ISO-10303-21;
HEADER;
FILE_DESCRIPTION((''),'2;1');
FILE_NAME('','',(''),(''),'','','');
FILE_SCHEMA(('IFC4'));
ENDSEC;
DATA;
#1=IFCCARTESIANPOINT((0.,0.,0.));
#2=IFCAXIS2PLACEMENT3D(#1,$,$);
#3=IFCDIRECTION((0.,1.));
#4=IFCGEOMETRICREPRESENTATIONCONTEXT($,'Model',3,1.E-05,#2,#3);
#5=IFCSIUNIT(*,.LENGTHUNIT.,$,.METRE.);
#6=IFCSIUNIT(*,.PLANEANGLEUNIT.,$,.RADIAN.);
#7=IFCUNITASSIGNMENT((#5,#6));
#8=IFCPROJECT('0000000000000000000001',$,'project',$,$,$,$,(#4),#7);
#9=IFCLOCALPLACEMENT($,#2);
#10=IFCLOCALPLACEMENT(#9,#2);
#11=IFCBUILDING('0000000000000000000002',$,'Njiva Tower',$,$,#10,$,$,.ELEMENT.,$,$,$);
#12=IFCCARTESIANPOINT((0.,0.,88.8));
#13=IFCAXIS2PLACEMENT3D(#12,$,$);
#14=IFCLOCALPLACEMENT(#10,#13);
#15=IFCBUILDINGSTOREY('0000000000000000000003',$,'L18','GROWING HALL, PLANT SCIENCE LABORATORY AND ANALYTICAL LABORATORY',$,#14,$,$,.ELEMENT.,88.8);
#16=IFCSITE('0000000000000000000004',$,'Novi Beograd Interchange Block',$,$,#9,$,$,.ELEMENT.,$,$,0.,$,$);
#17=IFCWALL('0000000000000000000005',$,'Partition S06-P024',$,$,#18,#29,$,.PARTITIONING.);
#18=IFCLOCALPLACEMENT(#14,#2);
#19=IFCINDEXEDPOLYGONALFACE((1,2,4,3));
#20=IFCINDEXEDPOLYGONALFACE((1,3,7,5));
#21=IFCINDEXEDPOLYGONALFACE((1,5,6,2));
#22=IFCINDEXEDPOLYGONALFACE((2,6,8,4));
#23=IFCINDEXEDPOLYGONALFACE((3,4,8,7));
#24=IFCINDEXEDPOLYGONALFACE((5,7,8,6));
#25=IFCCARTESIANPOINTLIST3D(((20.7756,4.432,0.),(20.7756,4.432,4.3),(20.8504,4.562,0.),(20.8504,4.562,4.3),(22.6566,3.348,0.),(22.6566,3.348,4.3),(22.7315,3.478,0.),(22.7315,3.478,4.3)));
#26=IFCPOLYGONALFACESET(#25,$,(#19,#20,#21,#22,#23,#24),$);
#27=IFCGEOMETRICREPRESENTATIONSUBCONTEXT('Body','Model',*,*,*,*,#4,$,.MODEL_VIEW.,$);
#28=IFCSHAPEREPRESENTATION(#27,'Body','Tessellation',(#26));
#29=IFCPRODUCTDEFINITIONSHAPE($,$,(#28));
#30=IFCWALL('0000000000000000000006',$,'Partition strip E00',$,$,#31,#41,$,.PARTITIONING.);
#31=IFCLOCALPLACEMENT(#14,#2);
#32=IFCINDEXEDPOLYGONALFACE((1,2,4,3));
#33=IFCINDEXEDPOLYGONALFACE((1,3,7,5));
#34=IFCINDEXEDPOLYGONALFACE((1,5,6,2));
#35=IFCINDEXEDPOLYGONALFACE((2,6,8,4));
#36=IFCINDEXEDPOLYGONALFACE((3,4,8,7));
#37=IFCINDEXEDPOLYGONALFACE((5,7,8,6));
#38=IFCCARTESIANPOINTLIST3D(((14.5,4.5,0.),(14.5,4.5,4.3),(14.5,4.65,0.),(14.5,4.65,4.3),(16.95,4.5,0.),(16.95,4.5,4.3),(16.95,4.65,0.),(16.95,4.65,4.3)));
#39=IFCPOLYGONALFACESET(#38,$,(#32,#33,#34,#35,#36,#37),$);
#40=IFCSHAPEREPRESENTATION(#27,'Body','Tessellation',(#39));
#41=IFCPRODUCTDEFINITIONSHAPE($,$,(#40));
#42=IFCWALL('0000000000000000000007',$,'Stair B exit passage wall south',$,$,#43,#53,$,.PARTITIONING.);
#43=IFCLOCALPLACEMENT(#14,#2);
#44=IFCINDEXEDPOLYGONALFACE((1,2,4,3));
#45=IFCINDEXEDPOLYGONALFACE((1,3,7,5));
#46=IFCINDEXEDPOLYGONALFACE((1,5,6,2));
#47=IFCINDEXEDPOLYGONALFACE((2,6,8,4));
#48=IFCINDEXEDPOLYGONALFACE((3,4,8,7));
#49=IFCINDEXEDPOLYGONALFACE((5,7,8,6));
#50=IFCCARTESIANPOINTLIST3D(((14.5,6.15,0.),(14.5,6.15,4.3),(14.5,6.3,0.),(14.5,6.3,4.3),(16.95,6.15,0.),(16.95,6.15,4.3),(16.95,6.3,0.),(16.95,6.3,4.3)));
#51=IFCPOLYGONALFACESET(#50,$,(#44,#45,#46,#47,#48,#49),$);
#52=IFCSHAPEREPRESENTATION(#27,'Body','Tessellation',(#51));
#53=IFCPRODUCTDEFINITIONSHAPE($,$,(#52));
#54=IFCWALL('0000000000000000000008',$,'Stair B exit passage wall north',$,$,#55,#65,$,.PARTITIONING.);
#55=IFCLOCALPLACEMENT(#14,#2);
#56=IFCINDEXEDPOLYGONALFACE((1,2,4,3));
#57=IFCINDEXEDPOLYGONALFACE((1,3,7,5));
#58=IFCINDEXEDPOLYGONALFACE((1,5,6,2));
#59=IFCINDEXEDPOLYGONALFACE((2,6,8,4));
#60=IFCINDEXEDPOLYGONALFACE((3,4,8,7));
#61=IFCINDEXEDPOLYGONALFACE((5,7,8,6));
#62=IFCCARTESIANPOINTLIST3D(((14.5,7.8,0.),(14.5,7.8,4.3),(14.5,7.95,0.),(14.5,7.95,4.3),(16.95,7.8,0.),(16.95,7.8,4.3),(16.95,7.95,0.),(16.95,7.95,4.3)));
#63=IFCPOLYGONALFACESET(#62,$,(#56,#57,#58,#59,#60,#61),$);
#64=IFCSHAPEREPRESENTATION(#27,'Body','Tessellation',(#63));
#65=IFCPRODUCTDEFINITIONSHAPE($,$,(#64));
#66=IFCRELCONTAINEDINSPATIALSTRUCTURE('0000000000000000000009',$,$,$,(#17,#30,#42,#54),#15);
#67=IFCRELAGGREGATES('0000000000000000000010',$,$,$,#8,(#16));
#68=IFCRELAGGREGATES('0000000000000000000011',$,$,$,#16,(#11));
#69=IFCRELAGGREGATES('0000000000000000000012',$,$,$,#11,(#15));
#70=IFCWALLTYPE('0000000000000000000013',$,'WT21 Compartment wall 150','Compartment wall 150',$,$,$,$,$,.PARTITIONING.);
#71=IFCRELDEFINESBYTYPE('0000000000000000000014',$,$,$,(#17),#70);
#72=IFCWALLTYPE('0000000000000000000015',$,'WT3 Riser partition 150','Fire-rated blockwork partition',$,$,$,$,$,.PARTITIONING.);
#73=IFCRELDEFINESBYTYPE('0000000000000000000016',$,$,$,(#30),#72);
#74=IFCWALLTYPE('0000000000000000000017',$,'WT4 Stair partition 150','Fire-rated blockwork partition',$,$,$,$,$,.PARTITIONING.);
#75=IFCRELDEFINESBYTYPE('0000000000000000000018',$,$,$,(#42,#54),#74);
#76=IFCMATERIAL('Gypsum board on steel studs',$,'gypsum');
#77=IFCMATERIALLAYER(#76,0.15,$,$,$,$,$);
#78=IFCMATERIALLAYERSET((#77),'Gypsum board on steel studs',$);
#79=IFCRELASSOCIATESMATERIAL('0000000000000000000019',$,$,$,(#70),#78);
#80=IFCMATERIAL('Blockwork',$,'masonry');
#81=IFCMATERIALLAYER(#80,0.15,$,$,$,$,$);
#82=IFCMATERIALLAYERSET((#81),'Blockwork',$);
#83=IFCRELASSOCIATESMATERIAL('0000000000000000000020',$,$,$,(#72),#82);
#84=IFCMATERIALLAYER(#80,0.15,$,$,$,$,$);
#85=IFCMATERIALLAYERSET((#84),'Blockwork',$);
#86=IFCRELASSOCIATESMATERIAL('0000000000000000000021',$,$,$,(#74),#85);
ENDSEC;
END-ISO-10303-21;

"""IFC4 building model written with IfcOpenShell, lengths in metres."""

from ifc_helpers import new_model, si_unit, direction, frame, frame_2d, origin, place, context, subcontext, project, spatial, rectangle, extrude, material, layer, layer_set, type_object, element, save


model = new_model("IFC4")

# Units and contexts
model_context = context("Model", 3, precision=1e-05, world=origin(), true_north=direction((0.0, 1.0)))
body_context = subcontext(model_context, "Body", "Model", "MODEL_VIEW")
ifc_project = project(units=[si_unit("LENGTHUNIT", "METRE"), si_unit("PLANEANGLEUNIT", "RADIAN")], contexts=[model_context])

# Site, building, storey
site_placement = place(None, origin())
site = spatial("IfcSite", under=ifc_project, at=site_placement, Name="Novi Beograd Interchange Block", CompositionType="ELEMENT", RefElevation=0.0)
building_placement = place(site_placement, origin())
building = spatial("IfcBuilding", under=site, at=building_placement, Name="Njiva Tower", CompositionType="ELEMENT")
storey_placement = place(building_placement, frame((0.0, 0.0, 88.8)))
storey = spatial("IfcBuildingStorey", under=building, at=storey_placement, Name="L18", Description="GROWING HALL, PLANT SCIENCE LABORATORY AND ANALYTICAL LABORATORY", CompositionType="ELEMENT", Elevation=88.8)

# Shared definitions
ifc_material_1 = material(Name="Blockwork", Category="masonry")

# Walls
ifc_material_2 = material(Name="Gypsum board on steel studs", Category="gypsum")
ifc_layer_1 = layer(ifc_material_2, 0.15)
ifc_layer_set_1 = layer_set([ifc_layer_1], Name="Gypsum board on steel studs")
wall_type_1 = type_object("IfcWallType", Name="WT21 Compartment wall 150", Description="Compartment wall 150", PredefinedType="PARTITIONING", material=ifc_layer_set_1)
wall_1_placement = place(storey_placement, frame((20.813, 4.497, 0.0), z_axis=(0.0, 0.0, 1.0), x_axis=(0.866423, -0.49931, 0.0)))
element("IfcWall", 1, at=wall_1_placement, inside=storey, type_object=wall_type_1, Name="Partition S06-P024", PredefinedType="PARTITIONING", context=body_context, shape_type="SweptSolid", body=[
    extrude(rectangle(XDim=2.171, YDim=0.15, at=frame_2d((1.0855, 0.0))), origin(), (0.0, 0.0, 1.0), 4.3),
])
ifc_layer_2 = layer(ifc_material_1, 0.15)
ifc_layer_set_2 = layer_set([ifc_layer_2], Name="Blockwork")
wall_type_2 = type_object("IfcWallType", Name="WT3 Riser partition 150", Description="Fire-rated blockwork partition", PredefinedType="PARTITIONING", material=ifc_layer_set_2)
wall_2_placement = place(storey_placement, frame((14.5, 4.575, 0.0), z_axis=(0.0, 0.0, 1.0), x_axis=(1.0, 0.0, 0.0)))
element("IfcWall", 2, at=wall_2_placement, inside=storey, type_object=wall_type_2, Name="Partition strip E00", PredefinedType="PARTITIONING", context=body_context, shape_type="SweptSolid", body=[
    extrude(rectangle(XDim=2.45, YDim=0.15, at=frame_2d((1.225, 0.0))), origin(), (0.0, 0.0, 1.0), 4.3),
])
ifc_layer_3 = layer(ifc_material_1, 0.15)
ifc_layer_set_3 = layer_set([ifc_layer_3], Name="Blockwork")
wall_type_3 = type_object("IfcWallType", Name="WT4 Stair partition 150", Description="Fire-rated blockwork partition", PredefinedType="PARTITIONING", material=ifc_layer_set_3)
for number, where, z_axis, x_axis, name in (
    (3, (14.5, 6.225, 0.0), (0.0, 0.0, 1.0), (1.0, 0.0, 0.0), "Stair B exit passage wall south"),
    (4, (14.5, 7.875, 0.0), (0.0, 0.0, 1.0), (1.0, 0.0, 0.0), "Stair B exit passage wall north"),
):
    element("IfcWall", number, at=place(storey_placement, frame(where, z_axis=z_axis, x_axis=x_axis)), inside=storey, type_object=wall_type_3, Name=name, PredefinedType="PARTITIONING", context=body_context, shape_type="SweptSolid", body=[
        extrude(rectangle(XDim=2.45, YDim=0.15, at=frame_2d((1.225, 0.0))), origin(), (0.0, 0.0, 1.0), 4.3),
    ])

save(model, "model.ifc")
